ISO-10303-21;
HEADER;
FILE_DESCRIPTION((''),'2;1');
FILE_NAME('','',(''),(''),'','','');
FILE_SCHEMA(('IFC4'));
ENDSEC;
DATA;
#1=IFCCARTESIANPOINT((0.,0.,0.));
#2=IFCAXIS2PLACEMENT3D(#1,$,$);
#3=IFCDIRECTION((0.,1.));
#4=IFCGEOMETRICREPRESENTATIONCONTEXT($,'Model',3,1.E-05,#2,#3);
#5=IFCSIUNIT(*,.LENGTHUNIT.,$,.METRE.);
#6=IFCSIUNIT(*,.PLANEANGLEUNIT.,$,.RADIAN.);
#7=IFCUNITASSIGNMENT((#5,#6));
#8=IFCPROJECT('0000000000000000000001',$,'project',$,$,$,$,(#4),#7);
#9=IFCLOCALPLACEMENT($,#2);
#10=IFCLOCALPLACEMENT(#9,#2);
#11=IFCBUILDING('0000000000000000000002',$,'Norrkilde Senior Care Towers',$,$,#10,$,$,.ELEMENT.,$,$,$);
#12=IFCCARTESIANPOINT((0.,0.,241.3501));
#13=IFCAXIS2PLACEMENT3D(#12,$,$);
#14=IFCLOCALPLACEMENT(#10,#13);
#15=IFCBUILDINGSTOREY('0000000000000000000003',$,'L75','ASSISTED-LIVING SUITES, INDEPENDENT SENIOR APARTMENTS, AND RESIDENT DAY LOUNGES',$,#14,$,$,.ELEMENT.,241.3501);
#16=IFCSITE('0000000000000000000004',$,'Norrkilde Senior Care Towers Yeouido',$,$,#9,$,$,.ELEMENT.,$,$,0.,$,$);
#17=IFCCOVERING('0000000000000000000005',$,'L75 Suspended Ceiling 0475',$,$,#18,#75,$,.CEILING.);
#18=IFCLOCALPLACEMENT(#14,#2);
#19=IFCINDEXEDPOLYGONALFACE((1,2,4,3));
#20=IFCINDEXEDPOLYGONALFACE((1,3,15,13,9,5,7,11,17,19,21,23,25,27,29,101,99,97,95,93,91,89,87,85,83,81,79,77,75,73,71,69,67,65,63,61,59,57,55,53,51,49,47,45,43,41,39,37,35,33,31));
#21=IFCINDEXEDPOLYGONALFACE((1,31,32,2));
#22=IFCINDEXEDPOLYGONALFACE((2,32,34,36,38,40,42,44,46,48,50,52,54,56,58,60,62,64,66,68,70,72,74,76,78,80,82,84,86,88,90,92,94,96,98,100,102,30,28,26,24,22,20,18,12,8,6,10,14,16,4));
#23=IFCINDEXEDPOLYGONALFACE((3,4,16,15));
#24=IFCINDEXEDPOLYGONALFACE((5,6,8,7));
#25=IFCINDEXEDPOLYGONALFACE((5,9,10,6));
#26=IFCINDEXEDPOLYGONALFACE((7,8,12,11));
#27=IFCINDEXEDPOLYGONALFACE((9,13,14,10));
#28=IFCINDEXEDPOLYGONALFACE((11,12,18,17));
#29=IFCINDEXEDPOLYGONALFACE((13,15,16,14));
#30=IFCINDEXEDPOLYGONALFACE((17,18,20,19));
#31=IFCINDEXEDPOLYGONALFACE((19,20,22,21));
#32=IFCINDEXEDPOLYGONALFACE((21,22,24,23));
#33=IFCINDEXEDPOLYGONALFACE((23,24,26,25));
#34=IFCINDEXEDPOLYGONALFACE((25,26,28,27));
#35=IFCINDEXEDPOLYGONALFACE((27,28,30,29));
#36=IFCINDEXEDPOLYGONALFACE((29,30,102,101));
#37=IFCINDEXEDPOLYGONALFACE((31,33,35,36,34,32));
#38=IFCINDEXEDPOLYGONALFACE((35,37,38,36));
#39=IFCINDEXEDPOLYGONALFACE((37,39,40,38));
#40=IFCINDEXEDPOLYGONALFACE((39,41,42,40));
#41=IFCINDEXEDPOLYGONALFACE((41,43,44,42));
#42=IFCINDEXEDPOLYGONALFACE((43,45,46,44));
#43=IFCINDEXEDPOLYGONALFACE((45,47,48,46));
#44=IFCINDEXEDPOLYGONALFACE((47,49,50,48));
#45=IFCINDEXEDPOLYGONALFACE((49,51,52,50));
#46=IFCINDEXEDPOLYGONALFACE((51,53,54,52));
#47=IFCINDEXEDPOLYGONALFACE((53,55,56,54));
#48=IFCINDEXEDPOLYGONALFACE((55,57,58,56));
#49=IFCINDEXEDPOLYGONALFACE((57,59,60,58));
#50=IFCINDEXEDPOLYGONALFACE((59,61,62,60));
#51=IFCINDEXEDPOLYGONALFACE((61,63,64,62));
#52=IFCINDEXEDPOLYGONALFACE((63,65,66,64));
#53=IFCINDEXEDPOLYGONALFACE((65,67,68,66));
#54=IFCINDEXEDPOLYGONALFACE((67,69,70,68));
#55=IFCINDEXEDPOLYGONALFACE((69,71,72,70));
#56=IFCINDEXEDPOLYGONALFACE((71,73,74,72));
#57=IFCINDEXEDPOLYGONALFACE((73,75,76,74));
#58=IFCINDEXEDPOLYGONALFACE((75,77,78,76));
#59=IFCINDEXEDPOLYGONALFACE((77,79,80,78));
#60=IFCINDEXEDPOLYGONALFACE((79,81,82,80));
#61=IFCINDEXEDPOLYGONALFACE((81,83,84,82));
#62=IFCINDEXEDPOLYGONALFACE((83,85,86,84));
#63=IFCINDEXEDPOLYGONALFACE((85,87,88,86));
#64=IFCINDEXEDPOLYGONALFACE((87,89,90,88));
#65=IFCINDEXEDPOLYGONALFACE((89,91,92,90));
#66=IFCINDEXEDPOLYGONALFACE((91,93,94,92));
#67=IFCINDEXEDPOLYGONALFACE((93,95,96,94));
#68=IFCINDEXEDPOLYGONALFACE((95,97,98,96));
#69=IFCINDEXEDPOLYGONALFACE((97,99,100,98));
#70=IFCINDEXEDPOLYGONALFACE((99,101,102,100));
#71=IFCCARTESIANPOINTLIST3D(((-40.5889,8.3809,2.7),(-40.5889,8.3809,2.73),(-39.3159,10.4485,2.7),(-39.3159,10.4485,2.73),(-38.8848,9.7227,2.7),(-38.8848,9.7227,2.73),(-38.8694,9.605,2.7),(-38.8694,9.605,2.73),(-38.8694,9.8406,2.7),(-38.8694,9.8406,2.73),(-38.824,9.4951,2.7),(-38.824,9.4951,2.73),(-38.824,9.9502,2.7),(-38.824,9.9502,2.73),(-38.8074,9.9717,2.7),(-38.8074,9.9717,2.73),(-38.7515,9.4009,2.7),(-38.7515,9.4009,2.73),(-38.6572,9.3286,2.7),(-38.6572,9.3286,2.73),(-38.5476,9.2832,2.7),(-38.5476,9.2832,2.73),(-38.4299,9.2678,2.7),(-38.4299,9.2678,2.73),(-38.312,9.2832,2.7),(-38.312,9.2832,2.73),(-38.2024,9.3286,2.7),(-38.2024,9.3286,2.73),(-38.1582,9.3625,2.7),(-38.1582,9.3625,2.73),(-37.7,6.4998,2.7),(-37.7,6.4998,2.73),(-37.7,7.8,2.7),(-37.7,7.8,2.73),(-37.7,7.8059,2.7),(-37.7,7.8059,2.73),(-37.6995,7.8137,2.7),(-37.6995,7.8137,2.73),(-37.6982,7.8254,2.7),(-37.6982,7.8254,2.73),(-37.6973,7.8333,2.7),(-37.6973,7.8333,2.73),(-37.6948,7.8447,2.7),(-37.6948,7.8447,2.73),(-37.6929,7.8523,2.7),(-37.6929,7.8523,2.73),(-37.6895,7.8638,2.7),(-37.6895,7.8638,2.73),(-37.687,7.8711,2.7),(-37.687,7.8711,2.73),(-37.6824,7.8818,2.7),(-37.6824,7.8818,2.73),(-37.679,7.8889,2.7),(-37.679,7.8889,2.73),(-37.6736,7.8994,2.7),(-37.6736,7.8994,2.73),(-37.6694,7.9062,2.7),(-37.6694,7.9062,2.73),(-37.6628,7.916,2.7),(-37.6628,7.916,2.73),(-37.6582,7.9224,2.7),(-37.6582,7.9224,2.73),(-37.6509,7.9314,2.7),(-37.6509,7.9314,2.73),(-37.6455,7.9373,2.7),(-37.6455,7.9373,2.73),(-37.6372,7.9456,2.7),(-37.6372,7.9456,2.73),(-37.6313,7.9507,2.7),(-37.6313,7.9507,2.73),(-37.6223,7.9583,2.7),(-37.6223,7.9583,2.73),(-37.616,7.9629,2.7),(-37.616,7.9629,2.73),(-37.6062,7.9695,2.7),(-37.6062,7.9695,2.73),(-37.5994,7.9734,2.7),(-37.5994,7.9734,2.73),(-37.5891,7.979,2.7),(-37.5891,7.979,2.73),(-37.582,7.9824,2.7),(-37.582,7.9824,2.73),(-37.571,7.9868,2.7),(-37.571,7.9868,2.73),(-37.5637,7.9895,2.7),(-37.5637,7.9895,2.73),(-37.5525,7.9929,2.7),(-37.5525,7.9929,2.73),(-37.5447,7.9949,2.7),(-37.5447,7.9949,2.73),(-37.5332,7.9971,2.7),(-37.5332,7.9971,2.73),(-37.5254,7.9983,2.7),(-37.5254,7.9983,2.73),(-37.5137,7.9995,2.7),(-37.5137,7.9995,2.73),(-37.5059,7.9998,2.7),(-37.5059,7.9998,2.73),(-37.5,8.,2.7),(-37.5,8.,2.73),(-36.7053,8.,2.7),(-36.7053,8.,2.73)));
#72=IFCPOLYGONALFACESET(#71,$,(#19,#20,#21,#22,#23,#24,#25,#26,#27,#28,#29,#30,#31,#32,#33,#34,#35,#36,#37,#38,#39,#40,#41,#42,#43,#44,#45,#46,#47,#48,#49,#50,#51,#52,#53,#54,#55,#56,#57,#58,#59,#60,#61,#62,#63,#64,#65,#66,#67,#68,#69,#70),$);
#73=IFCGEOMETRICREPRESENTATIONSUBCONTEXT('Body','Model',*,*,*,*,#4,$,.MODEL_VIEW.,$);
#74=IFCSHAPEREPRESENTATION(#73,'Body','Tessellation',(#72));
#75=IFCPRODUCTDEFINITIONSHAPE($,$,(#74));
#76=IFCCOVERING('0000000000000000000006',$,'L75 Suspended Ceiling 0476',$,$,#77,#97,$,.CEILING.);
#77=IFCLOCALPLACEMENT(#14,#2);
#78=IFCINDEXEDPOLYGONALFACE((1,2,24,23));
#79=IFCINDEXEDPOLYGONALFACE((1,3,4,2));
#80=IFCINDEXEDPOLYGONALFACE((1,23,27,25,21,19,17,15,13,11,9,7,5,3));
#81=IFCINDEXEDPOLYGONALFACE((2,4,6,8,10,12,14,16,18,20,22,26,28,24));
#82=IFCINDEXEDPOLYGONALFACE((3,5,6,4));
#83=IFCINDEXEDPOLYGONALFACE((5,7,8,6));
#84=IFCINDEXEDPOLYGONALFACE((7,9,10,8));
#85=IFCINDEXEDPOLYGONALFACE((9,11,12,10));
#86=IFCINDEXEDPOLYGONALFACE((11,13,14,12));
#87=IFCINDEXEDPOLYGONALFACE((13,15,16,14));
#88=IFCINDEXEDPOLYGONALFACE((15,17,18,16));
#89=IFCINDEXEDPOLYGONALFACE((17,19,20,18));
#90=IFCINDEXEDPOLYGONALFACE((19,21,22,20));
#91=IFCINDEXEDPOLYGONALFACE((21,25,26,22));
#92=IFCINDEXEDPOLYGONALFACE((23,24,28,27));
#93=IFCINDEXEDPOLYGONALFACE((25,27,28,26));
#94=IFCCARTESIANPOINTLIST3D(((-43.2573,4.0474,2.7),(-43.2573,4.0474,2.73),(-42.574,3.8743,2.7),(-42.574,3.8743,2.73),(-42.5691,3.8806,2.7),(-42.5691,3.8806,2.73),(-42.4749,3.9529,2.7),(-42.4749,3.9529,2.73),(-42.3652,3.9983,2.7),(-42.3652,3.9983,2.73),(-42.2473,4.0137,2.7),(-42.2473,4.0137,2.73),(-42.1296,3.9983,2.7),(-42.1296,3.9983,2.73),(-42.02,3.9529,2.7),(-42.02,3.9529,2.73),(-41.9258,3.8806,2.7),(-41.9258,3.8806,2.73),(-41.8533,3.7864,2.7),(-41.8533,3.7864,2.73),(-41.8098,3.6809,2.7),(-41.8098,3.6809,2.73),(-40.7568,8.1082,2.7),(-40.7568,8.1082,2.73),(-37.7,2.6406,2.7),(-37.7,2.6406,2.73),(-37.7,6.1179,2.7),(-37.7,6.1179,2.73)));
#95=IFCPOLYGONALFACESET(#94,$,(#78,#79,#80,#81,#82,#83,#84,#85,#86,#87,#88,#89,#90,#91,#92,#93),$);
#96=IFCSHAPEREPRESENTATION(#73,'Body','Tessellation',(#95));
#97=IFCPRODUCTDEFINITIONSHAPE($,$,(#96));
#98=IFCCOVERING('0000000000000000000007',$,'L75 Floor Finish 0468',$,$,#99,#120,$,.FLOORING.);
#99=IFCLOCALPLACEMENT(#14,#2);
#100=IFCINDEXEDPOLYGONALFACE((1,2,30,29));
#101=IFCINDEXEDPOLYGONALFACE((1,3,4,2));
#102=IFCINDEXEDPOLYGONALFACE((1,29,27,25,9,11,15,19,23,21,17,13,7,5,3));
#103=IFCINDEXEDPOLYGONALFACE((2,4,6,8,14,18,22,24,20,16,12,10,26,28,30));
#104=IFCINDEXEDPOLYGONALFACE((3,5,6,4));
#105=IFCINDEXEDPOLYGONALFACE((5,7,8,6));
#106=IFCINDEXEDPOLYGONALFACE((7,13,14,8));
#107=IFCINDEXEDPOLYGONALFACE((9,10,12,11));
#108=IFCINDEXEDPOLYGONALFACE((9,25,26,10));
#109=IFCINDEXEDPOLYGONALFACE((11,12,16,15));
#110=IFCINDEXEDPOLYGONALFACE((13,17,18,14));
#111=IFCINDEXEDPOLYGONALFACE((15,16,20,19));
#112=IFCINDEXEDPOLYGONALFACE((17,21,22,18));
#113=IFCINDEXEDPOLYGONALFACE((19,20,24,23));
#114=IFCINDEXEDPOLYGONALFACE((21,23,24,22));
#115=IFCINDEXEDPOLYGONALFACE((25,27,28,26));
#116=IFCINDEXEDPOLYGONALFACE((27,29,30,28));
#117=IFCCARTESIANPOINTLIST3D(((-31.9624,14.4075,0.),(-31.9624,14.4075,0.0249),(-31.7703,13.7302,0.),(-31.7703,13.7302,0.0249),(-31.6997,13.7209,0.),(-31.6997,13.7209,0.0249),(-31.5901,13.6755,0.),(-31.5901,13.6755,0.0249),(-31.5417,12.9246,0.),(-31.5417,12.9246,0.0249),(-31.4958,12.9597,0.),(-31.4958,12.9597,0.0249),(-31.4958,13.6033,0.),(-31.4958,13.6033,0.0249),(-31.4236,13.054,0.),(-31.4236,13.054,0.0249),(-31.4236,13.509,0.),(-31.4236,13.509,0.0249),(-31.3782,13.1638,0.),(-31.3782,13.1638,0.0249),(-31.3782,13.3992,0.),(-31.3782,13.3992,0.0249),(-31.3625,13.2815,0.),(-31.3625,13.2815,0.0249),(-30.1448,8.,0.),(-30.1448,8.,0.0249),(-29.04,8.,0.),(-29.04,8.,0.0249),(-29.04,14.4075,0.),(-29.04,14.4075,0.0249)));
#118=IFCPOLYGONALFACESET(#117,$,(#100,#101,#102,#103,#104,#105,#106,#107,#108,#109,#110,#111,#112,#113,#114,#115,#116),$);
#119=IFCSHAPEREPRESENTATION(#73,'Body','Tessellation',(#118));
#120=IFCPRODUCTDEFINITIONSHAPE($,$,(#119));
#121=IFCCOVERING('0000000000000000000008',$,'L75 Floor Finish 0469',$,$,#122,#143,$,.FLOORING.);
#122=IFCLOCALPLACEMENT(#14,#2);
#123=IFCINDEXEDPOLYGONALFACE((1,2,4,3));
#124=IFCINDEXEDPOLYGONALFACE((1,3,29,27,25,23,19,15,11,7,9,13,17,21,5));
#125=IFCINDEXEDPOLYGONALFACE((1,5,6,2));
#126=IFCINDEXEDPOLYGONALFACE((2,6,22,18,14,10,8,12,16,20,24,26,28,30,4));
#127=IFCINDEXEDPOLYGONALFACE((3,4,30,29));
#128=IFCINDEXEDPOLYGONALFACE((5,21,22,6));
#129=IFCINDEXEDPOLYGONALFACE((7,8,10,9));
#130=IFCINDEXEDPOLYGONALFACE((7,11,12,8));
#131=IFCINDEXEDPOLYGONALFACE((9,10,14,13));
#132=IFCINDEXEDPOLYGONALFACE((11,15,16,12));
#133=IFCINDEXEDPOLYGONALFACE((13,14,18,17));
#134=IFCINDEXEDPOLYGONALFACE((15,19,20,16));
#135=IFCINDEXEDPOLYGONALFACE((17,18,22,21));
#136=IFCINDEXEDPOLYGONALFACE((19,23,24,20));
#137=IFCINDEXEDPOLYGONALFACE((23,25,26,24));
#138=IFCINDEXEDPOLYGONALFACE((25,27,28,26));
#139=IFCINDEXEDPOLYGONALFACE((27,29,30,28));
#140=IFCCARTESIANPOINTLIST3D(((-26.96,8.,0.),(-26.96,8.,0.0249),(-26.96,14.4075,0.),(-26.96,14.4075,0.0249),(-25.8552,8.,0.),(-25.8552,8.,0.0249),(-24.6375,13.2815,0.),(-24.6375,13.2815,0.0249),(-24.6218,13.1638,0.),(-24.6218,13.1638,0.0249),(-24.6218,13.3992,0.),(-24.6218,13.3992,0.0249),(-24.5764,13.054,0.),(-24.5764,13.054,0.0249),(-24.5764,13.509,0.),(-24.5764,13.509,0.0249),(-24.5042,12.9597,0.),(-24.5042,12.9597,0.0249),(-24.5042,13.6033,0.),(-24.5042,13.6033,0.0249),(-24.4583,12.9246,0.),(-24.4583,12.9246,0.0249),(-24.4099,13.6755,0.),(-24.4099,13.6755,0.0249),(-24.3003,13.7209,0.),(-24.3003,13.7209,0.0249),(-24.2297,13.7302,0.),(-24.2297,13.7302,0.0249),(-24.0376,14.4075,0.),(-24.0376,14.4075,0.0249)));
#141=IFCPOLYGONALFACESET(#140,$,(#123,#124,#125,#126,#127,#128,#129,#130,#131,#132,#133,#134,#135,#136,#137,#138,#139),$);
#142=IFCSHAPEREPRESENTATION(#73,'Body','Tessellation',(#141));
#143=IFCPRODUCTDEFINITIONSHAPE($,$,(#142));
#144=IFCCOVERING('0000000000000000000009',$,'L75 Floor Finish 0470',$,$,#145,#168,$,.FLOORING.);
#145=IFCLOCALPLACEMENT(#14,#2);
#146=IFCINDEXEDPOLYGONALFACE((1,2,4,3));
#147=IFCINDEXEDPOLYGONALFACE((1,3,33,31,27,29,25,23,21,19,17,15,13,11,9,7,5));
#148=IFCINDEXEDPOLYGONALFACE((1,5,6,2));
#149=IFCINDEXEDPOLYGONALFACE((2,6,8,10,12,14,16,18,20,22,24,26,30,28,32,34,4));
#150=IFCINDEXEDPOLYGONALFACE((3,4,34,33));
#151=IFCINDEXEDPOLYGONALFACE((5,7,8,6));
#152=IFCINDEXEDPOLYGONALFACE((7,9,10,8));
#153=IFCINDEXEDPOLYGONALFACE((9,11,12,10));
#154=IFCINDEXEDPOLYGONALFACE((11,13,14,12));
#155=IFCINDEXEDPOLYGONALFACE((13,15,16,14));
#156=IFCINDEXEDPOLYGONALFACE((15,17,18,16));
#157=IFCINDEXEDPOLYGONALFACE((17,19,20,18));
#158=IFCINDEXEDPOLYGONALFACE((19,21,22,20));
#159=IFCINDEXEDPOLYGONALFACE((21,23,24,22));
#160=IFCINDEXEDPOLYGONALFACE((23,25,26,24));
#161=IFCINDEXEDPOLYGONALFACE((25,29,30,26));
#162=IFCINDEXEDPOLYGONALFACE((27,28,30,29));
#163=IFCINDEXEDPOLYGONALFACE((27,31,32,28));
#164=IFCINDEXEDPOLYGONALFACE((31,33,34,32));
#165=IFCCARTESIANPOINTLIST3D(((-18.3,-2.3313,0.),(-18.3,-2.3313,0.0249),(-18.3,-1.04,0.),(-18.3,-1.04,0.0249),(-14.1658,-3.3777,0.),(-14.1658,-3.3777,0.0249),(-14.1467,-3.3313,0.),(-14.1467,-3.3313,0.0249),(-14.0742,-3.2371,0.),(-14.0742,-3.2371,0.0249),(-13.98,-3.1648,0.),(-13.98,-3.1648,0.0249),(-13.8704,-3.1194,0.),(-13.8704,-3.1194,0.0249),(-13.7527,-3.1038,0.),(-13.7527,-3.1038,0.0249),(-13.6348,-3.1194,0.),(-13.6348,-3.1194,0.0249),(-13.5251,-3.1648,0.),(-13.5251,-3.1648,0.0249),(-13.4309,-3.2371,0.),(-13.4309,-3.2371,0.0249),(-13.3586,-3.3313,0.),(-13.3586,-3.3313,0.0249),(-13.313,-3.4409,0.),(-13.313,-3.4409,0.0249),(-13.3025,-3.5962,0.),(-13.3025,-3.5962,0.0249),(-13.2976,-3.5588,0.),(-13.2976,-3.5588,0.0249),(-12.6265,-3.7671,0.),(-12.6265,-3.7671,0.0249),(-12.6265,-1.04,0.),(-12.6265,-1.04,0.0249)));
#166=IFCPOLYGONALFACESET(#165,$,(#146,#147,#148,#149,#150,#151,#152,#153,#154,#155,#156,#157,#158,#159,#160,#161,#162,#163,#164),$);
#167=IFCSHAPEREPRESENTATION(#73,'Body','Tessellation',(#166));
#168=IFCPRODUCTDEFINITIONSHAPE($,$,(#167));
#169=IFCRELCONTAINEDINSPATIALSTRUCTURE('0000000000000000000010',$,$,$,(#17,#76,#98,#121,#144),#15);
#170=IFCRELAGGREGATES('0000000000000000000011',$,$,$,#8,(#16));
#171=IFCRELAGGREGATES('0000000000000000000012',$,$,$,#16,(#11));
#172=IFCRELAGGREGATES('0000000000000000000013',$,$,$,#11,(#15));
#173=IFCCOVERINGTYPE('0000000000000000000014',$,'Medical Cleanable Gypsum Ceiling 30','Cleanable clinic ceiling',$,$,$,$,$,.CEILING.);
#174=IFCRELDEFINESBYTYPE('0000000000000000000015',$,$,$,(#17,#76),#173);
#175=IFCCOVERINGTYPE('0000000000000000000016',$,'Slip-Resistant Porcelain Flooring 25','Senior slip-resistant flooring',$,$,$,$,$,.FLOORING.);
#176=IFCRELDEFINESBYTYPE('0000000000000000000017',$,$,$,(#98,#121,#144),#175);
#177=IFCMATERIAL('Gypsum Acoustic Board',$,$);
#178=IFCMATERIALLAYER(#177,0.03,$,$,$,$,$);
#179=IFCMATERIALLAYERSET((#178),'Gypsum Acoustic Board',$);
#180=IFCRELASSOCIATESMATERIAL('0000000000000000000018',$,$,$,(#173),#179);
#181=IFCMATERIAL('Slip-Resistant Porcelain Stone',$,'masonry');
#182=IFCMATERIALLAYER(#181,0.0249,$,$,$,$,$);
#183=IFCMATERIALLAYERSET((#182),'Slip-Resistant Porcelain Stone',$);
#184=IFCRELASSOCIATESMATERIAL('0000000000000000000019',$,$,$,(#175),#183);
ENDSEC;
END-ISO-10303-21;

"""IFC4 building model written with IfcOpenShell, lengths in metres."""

from ifc_helpers import new_model, si_unit, direction, frame, origin, place, context, subcontext, project, spatial, polyline, outline, extrude, material, layer, layer_set, type_object, element, save


model = new_model("IFC4")

# Units and contexts
model_context = context("Model", 3, precision=1e-05, world=origin(), true_north=direction((0.0, 1.0)))
body_context = subcontext(model_context, "Body", "Model", "MODEL_VIEW")
ifc_project = project(units=[si_unit("LENGTHUNIT", "METRE"), si_unit("PLANEANGLEUNIT", "RADIAN")], contexts=[model_context])

# Site, building, storey
site_placement = place(None, origin())
site = spatial("IfcSite", under=ifc_project, at=site_placement, Name="Norrkilde Senior Care Towers Yeouido", CompositionType="ELEMENT", RefElevation=0.0)
building_placement = place(site_placement, origin())
building = spatial("IfcBuilding", under=site, at=building_placement, Name="Norrkilde Senior Care Towers", CompositionType="ELEMENT")
storey_placement = place(building_placement, frame((0.0, 0.0, 241.3501)))
storey = spatial("IfcBuildingStorey", under=building, at=storey_placement, Name="L75", Description="ASSISTED-LIVING SUITES, INDEPENDENT SENIOR APARTMENTS, AND RESIDENT DAY LOUNGES", CompositionType="ELEMENT", Elevation=241.3501)

# Coverings
ifc_material_1 = material(Name="Gypsum Acoustic Board")
ifc_layer_1 = layer(ifc_material_1, 0.03)
ifc_layer_set_1 = layer_set([ifc_layer_1], Name="Gypsum Acoustic Board")
covering_type_1 = type_object("IfcCoveringType", Name="Medical Cleanable Gypsum Ceiling 30", Description="Cleanable clinic ceiling", PredefinedType="CEILING", material=ifc_layer_set_1)
covering_1_placement = place(storey_placement, frame((0.0, 0.0, 2.7)))
element("IfcCovering", 1, at=covering_1_placement, inside=storey, type_object=covering_type_1, Name="L75 Suspended Ceiling 0475", PredefinedType="CEILING", context=body_context, shape_type="SweptSolid", body=[
    extrude(outline(polyline([(-37.5254, 7.9983), (-37.5332, 7.9971), (-37.5447, 7.9949), (-37.5525, 7.9929), (-37.5637, 7.9895), (-37.571, 7.9868), (-37.582, 7.9824), (-37.5891, 7.979), (-37.5994, 7.9734), (-37.6062, 7.9695), (-37.616, 7.9629), (-37.6223, 7.9583), (-37.6313, 7.9507), (-37.6372, 7.9456), (-37.6455, 7.9373), (-37.6509, 7.9314), (-37.6582, 7.9224), (-37.6628, 7.916), (-37.6694, 7.9062), (-37.6736, 7.8994), (-37.679, 7.8889), (-37.6824, 7.8818), (-37.687, 7.8711), (-37.6895, 7.8638), (-37.6929, 7.8523), (-37.6948, 7.8447), (-37.6973, 7.8333), (-37.6982, 7.8254), (-37.6995, 7.8137), (-37.7, 7.8059), (-37.7, 7.8), (-37.7, 6.4998), (-40.5889, 8.3809), (-39.3159, 10.4485), (-38.8074, 9.9717), (-38.824, 9.9502), (-38.8694, 9.8406), (-38.8848, 9.7227), (-38.8694, 9.605), (-38.824, 9.4951), (-38.7515, 9.4009), (-38.6572, 9.3286), (-38.5476, 9.2832), (-38.4299, 9.2678), (-38.312, 9.2832), (-38.2024, 9.3286), (-38.1582, 9.3625), (-36.7053, 8.0), (-37.5, 8.0), (-37.5059, 7.9998), (-37.5137, 7.9995), (-37.5254, 7.9983)])), origin(), (0.0, 0.0, 1.0), 0.03),
])
covering_2_placement = place(storey_placement, frame((0.0, 0.0, 2.7)))
element("IfcCovering", 2, at=covering_2_placement, inside=storey, type_object=covering_type_1, Name="L75 Suspended Ceiling 0476", PredefinedType="CEILING", context=body_context, shape_type="SweptSolid", body=[
    extrude(outline(polyline([(-40.7568, 8.1082), (-37.7, 6.1179), (-37.7, 2.6406), (-41.8098, 3.6809), (-41.8533, 3.7864), (-41.9258, 3.8806), (-42.02, 3.9529), (-42.1296, 3.9983), (-42.2473, 4.0137), (-42.3652, 3.9983), (-42.4749, 3.9529), (-42.5691, 3.8806), (-42.574, 3.8743), (-43.2573, 4.0474), (-40.7568, 8.1082)])), origin(), (0.0, 0.0, 1.0), 0.03),
])
ifc_material_2 = material(Name="Slip-Resistant Porcelain Stone", Category="masonry")
ifc_layer_2 = layer(ifc_material_2, 0.0249)
ifc_layer_set_2 = layer_set([ifc_layer_2], Name="Slip-Resistant Porcelain Stone")
covering_type_2 = type_object("IfcCoveringType", Name="Slip-Resistant Porcelain Flooring 25", Description="Senior slip-resistant flooring", PredefinedType="FLOORING", material=ifc_layer_set_2)
covering_3_placement = place(storey_placement, origin())
element("IfcCovering", 3, at=covering_3_placement, inside=storey, type_object=covering_type_2, Name="L75 Floor Finish 0468", PredefinedType="FLOORING", context=body_context, shape_type="SweptSolid", body=[
    extrude(outline(polyline([(-29.04, 14.4075), (-29.04, 8.0), (-30.1448, 8.0), (-31.5417, 12.9246), (-31.4958, 12.9597), (-31.4236, 13.054), (-31.3782, 13.1638), (-31.3625, 13.2815), (-31.3782, 13.3992), (-31.4236, 13.509), (-31.4958, 13.6033), (-31.5901, 13.6755), (-31.6997, 13.7209), (-31.7703, 13.7302), (-31.9624, 14.4075), (-29.04, 14.4075)])), origin(), (0.0, 0.0, 1.0), 0.0249),
])
covering_4_placement = place(storey_placement, origin())
element("IfcCovering", 4, at=covering_4_placement, inside=storey, type_object=covering_type_2, Name="L75 Floor Finish 0469", PredefinedType="FLOORING", context=body_context, shape_type="SweptSolid", body=[
    extrude(outline(polyline([(-24.0376, 14.4075), (-24.2297, 13.7302), (-24.3003, 13.7209), (-24.4099, 13.6755), (-24.5042, 13.6033), (-24.5764, 13.509), (-24.6218, 13.3992), (-24.6375, 13.2815), (-24.6218, 13.1638), (-24.5764, 13.054), (-24.5042, 12.9597), (-24.4583, 12.9246), (-25.8552, 8.0), (-26.96, 8.0), (-26.96, 14.4075), (-24.0376, 14.4075)])), origin(), (0.0, 0.0, 1.0), 0.0249),
])
covering_5_placement = place(storey_placement, origin())
element("IfcCovering", 5, at=covering_5_placement, inside=storey, type_object=covering_type_2, Name="L75 Floor Finish 0470", PredefinedType="FLOORING", context=body_context, shape_type="SweptSolid", body=[
    extrude(outline(polyline([(-12.6265, -3.7671), (-13.3025, -3.5962), (-13.2976, -3.5588), (-13.313, -3.4409), (-13.3586, -3.3313), (-13.4309, -3.2371), (-13.5251, -3.1648), (-13.6348, -3.1194), (-13.7527, -3.1038), (-13.8704, -3.1194), (-13.98, -3.1648), (-14.0742, -3.2371), (-14.1467, -3.3313), (-14.1658, -3.3777), (-18.3, -2.3313), (-18.3, -1.04), (-12.6265, -1.04), (-12.6265, -3.7671)])), origin(), (0.0, 0.0, 1.0), 0.0249),
])

save(model, "model.ifc")
